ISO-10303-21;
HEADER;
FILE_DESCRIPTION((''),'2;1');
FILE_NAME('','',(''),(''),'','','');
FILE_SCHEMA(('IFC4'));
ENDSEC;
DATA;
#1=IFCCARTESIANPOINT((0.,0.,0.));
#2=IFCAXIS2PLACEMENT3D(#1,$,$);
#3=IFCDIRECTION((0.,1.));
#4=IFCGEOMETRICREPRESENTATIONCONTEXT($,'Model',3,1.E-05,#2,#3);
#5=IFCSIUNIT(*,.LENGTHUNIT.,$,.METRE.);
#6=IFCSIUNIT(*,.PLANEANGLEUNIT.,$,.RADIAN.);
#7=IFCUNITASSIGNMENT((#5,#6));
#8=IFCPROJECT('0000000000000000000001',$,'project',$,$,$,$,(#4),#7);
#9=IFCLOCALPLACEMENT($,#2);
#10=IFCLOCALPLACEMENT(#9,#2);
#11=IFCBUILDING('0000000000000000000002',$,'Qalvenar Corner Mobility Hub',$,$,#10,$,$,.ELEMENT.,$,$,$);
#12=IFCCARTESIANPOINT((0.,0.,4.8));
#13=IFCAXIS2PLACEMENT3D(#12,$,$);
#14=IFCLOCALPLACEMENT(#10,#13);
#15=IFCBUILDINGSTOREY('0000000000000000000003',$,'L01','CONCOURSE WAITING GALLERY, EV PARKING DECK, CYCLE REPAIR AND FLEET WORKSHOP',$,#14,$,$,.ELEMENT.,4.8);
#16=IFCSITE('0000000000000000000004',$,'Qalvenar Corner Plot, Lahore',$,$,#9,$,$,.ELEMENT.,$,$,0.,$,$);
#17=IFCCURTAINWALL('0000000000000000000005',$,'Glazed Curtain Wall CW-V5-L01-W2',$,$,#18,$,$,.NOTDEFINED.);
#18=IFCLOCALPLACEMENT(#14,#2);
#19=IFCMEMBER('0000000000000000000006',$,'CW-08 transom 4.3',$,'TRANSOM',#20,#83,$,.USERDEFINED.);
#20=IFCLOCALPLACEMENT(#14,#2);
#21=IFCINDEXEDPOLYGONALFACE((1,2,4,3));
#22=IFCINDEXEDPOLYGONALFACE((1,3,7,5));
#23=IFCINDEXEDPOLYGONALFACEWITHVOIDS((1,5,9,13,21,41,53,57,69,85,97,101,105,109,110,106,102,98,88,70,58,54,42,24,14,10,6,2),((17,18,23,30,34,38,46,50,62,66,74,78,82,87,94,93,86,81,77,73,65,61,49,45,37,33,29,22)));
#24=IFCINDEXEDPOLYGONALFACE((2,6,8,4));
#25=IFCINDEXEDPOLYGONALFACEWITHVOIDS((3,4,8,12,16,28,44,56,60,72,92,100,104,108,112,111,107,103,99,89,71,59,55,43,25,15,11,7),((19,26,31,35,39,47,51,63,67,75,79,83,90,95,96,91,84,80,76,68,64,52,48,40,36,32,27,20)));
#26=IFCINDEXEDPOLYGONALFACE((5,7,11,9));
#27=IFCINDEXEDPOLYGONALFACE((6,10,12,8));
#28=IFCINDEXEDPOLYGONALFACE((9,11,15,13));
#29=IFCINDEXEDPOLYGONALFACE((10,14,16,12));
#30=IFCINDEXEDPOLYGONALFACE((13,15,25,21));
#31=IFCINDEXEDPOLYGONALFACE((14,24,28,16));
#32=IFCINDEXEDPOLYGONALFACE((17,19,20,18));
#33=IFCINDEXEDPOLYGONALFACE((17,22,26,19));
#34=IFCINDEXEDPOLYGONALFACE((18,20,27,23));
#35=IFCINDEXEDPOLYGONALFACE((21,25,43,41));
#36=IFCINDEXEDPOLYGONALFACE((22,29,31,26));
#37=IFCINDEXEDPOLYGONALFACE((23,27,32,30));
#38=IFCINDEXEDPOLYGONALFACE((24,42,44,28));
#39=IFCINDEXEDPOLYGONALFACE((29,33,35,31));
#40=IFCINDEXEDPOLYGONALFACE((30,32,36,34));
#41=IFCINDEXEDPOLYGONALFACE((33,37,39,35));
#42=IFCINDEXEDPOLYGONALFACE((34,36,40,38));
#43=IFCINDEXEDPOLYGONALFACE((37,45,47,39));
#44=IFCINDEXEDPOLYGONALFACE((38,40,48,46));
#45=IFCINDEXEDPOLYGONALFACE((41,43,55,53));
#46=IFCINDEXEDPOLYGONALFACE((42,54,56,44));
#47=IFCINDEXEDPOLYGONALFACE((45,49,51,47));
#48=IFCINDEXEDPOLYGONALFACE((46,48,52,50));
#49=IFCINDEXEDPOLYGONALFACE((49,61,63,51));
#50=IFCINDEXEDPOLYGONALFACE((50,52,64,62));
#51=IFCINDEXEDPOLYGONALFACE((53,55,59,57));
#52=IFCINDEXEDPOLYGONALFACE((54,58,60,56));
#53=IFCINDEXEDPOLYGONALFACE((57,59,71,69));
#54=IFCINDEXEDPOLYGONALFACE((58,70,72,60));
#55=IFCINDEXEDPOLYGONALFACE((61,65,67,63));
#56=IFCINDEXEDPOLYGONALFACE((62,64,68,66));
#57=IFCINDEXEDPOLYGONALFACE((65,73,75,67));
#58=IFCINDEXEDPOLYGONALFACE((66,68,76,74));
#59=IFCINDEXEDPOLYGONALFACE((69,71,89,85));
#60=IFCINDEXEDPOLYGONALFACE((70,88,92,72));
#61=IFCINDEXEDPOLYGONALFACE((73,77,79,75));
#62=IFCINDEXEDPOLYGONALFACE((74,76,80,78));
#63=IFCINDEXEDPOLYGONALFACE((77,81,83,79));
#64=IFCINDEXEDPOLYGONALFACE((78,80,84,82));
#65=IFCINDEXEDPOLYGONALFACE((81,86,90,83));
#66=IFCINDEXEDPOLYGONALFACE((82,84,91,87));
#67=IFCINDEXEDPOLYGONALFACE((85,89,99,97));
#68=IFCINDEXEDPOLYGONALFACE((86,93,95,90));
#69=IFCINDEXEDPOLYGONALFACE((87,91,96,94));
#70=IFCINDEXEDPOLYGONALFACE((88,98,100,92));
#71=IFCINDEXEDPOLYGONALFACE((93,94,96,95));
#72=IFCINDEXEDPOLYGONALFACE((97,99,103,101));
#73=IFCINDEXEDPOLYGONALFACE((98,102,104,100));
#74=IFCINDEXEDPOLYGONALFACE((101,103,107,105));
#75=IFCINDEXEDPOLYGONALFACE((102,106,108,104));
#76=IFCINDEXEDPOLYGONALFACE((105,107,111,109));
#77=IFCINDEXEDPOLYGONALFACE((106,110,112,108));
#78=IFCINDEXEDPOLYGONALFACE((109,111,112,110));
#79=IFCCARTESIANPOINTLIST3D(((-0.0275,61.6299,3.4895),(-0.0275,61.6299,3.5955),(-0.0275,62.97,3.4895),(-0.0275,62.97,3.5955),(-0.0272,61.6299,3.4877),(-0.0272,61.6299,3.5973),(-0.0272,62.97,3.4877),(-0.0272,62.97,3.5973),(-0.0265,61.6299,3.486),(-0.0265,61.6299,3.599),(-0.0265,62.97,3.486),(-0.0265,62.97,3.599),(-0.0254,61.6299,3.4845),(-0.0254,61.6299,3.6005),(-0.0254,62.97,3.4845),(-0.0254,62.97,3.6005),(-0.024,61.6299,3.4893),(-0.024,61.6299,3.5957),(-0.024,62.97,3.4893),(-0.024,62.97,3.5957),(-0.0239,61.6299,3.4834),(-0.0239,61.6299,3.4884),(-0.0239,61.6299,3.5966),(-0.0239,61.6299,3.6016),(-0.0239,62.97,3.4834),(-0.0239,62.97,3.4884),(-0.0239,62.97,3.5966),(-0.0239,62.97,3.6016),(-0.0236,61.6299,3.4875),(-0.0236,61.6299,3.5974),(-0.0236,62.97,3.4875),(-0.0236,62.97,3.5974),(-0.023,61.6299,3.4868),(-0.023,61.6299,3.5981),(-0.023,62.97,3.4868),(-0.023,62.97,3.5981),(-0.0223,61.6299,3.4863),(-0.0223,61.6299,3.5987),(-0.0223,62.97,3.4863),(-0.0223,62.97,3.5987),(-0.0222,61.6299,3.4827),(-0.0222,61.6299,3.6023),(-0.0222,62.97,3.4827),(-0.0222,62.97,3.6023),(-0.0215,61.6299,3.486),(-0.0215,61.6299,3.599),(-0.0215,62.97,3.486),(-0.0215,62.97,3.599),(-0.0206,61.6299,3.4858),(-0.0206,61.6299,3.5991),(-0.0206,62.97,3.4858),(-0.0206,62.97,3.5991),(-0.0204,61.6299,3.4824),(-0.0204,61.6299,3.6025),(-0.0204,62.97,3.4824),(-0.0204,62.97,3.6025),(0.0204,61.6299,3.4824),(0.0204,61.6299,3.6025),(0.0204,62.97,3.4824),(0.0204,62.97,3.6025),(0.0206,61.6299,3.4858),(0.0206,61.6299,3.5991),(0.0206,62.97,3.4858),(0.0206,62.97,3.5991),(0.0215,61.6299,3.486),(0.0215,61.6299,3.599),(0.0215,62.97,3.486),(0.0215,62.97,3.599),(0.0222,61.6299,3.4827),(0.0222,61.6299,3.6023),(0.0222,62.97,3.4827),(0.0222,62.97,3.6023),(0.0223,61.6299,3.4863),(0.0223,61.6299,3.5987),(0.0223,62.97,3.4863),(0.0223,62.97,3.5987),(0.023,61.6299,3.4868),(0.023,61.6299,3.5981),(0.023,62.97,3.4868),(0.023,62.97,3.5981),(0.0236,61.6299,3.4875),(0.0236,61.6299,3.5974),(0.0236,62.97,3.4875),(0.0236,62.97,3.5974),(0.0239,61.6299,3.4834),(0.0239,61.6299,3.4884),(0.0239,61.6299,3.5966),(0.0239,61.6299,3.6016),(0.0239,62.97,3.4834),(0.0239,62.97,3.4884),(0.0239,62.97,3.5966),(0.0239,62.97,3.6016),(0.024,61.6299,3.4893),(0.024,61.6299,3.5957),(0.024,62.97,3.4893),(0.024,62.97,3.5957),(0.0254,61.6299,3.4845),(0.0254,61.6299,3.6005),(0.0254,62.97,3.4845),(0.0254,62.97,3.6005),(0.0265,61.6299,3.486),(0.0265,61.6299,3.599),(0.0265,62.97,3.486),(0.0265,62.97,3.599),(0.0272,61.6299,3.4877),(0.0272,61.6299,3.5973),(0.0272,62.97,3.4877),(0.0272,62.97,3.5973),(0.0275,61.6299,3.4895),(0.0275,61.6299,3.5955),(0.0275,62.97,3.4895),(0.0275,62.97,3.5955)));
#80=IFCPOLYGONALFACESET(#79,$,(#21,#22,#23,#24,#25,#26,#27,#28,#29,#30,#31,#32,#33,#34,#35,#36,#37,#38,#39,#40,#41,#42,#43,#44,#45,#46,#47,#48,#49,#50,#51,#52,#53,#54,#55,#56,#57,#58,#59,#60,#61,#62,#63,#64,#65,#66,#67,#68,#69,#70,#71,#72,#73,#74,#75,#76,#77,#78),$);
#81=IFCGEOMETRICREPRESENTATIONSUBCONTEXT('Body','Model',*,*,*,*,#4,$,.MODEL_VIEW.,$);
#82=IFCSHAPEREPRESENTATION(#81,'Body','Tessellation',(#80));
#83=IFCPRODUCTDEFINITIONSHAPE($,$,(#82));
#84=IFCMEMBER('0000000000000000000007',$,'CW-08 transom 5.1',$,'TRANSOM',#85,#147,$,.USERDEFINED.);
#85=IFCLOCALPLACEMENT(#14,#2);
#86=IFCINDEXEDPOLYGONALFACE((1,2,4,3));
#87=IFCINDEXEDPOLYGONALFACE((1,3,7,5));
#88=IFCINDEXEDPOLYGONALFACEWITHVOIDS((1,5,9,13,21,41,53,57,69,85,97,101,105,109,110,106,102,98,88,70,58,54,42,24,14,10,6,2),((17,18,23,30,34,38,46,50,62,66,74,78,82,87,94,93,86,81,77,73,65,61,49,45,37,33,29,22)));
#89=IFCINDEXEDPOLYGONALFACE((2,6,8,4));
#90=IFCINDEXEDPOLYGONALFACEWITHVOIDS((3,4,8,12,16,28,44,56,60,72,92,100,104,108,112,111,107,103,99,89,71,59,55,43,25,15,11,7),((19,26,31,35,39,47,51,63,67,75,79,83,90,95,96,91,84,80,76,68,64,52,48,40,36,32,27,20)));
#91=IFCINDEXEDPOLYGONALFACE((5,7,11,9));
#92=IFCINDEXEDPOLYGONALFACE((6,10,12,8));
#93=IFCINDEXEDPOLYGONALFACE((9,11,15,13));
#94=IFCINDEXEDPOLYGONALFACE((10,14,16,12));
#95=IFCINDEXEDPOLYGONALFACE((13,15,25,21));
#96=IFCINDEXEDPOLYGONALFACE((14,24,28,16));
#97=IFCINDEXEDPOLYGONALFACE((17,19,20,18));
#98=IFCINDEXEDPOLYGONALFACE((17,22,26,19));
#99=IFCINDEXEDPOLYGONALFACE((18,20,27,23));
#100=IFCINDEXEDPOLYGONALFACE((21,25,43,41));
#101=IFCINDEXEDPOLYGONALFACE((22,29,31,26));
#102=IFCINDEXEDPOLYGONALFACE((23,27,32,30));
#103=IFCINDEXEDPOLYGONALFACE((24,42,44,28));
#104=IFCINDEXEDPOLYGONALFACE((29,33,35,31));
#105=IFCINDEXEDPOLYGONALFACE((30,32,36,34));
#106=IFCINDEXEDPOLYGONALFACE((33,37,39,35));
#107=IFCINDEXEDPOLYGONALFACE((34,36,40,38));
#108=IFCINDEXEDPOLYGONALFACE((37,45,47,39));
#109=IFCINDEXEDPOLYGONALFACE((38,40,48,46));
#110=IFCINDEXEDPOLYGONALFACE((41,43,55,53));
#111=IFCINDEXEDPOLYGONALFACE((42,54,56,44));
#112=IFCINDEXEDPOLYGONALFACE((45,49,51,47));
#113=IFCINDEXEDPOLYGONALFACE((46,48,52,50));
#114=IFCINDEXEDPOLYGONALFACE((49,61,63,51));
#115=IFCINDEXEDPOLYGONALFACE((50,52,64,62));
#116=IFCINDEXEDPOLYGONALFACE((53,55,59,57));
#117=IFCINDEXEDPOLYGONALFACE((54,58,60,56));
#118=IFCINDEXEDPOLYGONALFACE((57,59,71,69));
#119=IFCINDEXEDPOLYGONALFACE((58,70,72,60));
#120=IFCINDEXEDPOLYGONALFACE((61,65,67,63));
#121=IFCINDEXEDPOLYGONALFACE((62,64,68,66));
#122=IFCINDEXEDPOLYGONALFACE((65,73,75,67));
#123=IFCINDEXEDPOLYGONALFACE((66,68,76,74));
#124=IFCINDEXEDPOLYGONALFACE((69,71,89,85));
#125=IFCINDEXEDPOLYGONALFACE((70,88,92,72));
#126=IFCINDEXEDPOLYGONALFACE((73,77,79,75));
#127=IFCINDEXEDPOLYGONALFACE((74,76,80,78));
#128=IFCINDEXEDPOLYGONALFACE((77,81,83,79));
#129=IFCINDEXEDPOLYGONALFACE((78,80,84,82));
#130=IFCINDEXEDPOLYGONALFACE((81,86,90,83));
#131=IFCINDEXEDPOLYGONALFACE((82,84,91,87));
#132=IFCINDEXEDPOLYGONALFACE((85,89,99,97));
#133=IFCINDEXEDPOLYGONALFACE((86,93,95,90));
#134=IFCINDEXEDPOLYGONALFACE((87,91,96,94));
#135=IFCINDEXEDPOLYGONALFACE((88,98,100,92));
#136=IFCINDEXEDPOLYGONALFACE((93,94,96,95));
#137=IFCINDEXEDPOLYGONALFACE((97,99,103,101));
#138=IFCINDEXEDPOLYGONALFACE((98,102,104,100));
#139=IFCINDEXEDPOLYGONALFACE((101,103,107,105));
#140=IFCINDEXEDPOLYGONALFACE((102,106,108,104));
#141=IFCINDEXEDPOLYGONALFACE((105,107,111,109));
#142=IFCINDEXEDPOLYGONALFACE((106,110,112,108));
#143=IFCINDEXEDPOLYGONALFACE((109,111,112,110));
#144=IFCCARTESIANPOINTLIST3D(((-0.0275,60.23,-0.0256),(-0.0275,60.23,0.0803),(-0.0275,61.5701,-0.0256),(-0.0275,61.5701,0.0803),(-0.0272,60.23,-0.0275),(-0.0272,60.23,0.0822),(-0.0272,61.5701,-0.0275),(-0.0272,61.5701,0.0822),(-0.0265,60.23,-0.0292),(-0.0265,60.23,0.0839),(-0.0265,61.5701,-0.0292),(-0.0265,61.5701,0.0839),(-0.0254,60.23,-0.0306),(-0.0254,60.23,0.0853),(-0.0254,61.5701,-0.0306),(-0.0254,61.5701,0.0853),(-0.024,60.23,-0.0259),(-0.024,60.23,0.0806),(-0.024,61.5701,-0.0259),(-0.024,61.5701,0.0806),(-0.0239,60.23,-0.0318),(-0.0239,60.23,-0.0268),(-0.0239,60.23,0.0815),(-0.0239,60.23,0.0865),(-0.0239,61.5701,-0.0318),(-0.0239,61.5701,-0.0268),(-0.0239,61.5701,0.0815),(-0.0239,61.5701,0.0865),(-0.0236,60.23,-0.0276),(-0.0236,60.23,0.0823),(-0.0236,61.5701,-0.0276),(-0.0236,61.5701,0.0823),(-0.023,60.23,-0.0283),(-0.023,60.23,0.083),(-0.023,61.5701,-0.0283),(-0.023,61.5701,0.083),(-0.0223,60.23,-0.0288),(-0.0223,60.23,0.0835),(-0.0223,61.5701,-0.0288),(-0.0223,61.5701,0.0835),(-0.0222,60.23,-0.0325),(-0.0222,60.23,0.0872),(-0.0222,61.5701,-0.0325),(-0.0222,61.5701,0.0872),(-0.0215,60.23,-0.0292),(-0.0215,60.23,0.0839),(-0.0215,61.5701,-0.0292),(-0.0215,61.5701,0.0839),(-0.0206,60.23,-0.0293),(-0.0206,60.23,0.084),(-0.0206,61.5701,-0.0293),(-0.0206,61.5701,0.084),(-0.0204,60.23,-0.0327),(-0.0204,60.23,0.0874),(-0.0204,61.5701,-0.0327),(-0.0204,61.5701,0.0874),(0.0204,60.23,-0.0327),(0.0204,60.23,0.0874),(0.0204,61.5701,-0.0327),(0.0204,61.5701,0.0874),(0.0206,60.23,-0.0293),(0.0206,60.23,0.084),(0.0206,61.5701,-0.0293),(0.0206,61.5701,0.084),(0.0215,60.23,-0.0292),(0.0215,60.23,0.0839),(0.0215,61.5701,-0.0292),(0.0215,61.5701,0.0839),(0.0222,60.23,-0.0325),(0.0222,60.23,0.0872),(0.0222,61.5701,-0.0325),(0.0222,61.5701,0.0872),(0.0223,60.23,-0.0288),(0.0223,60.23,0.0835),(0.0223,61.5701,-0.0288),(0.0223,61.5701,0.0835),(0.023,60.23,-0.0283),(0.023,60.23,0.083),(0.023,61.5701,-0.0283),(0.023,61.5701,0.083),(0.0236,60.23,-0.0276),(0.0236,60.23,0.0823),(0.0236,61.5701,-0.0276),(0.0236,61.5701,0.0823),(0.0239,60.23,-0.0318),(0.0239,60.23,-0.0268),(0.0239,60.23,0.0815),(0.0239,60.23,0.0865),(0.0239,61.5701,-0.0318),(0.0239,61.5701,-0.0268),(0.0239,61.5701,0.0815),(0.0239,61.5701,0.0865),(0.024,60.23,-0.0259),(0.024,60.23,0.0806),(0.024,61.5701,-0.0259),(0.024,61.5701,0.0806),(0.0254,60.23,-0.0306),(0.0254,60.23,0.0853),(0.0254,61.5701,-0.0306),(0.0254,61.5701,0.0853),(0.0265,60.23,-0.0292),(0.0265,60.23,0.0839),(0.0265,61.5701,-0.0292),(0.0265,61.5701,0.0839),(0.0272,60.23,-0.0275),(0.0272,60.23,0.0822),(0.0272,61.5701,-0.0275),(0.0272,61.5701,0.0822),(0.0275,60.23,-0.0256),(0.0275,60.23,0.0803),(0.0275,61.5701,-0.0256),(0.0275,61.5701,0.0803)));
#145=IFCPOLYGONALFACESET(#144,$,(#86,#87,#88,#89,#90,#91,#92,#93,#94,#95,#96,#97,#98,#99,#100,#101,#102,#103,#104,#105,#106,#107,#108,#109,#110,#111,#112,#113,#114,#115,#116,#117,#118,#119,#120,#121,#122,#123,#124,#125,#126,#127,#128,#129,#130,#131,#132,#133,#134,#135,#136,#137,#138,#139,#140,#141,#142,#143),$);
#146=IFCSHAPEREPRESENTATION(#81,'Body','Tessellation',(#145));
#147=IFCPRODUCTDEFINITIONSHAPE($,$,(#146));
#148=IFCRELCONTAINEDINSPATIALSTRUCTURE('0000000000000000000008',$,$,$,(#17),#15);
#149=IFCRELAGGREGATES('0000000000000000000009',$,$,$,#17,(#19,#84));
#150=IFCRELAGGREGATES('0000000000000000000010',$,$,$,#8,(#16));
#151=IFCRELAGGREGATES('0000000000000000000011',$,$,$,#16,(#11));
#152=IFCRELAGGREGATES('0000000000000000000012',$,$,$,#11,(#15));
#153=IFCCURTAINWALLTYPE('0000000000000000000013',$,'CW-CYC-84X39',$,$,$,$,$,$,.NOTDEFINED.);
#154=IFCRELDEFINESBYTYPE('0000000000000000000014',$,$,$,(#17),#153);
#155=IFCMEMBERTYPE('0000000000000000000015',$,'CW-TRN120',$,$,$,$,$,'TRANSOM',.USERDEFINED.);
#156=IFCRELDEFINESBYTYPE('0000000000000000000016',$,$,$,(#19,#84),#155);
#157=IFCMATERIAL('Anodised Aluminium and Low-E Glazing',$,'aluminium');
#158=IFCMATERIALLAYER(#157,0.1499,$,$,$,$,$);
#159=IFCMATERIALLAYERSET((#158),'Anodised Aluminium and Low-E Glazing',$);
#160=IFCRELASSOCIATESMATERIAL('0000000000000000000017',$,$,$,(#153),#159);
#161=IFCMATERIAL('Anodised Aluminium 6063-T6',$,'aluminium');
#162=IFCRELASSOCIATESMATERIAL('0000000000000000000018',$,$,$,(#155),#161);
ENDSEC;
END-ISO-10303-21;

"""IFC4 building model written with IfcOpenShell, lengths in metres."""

from ifc_helpers import new_model, si_unit, direction, frame, origin, origin_2d, place, context, subcontext, project, spatial, hollow_rectangle, extrude, material, layer, layer_set, material_profile, profile_set, type_object, element, aggregate, save


model = new_model("IFC4")

# Units and contexts
model_context = context("Model", 3, precision=1e-05, world=origin(), true_north=direction((0.0, 1.0)))
body_context = subcontext(model_context, "Body", "Model", "MODEL_VIEW")
ifc_project = project(units=[si_unit("LENGTHUNIT", "METRE"), si_unit("PLANEANGLEUNIT", "RADIAN")], contexts=[model_context])

# Site, building, storey
site_placement = place(None, origin())
site = spatial("IfcSite", under=ifc_project, at=site_placement, Name="Qalvenar Corner Plot, Lahore", CompositionType="ELEMENT", RefElevation=0.0)
building_placement = place(site_placement, origin())
building = spatial("IfcBuilding", under=site, at=building_placement, Name="Qalvenar Corner Mobility Hub", CompositionType="ELEMENT")
storey_placement = place(building_placement, frame((0.0, 0.0, 4.8)))
storey = spatial("IfcBuildingStorey", under=building, at=storey_placement, Name="L01", Description="CONCOURSE WAITING GALLERY, EV PARKING DECK, CYCLE REPAIR AND FLEET WORKSHOP", CompositionType="ELEMENT", Elevation=4.8)

# Curtain wall, members
ifc_material_1 = material(Name="Anodised Aluminium and Low-E Glazing", Category="aluminium")
ifc_layer_1 = layer(ifc_material_1, 0.1499)
ifc_layer_set_1 = layer_set([ifc_layer_1], Name="Anodised Aluminium and Low-E Glazing")
curtain_wall_type = type_object("IfcCurtainWallType", Name="CW-CYC-84X39", PredefinedType="NOTDEFINED", material=ifc_layer_set_1)
curtain_wall_placement = place(storey_placement, origin())
curtain_wall = element("IfcCurtainWall", 1, at=curtain_wall_placement, inside=storey, type_object=curtain_wall_type, Name="Glazed Curtain Wall CW-V5-L01-W2", PredefinedType="NOTDEFINED")
ifc_material_2 = material(Name="Anodised Aluminium 6063-T6", Category="aluminium")
ifc_material_profile_1 = material_profile(ifc_material_2, hollow_rectangle(XDim=0.0549, YDim=0.1201, WallThickness=0.0034, InnerFilletRadius=0.0034, OuterFilletRadius=0.0071, at=origin_2d()), Name="RHS120x55x3.5")
ifc_profile_set_1 = profile_set([ifc_material_profile_1], Name="Anodised Aluminium 6063-T6")
member_type_1 = type_object("IfcMemberType", Name="CW-TRN120", ElementType="TRANSOM", PredefinedType="USERDEFINED", material=ifc_profile_set_1)
member_1_placement = place(storey_placement, frame((0.0, 62.97, 3.5425), z_axis=(0.0, -1.0, 0.0), x_axis=(1.0, 0.0, 0.0)))
member_1 = element("IfcMember", 2, at=member_1_placement, type_object=member_type_1, Name="CW-08 transom 4.3", ObjectType="TRANSOM", PredefinedType="USERDEFINED", context=body_context, shape_type="SweptSolid", body=[
    extrude(hollow_rectangle(XDim=0.0549, YDim=0.1201, WallThickness=0.0034, InnerFilletRadius=0.0034, OuterFilletRadius=0.0071, at=origin_2d()), origin(), (0.0, 0.0, 1.0), 1.3401),
])
member_2_placement = place(storey_placement, frame((0.0, 61.5701, 0.0273), z_axis=(0.0, -1.0, 0.0), x_axis=(1.0, 0.0, 0.0)))
member_2 = element("IfcMember", 3, at=member_2_placement, type_object=member_type_1, Name="CW-08 transom 5.1", ObjectType="TRANSOM", PredefinedType="USERDEFINED", context=body_context, shape_type="SweptSolid", body=[
    extrude(hollow_rectangle(XDim=0.0549, YDim=0.1201, WallThickness=0.0034, InnerFilletRadius=0.0034, OuterFilletRadius=0.0071, at=origin_2d()), origin(), (0.0, 0.0, 1.0), 1.3401),
])
aggregate(curtain_wall, [member_1, member_2])

save(model, "model.ifc")
